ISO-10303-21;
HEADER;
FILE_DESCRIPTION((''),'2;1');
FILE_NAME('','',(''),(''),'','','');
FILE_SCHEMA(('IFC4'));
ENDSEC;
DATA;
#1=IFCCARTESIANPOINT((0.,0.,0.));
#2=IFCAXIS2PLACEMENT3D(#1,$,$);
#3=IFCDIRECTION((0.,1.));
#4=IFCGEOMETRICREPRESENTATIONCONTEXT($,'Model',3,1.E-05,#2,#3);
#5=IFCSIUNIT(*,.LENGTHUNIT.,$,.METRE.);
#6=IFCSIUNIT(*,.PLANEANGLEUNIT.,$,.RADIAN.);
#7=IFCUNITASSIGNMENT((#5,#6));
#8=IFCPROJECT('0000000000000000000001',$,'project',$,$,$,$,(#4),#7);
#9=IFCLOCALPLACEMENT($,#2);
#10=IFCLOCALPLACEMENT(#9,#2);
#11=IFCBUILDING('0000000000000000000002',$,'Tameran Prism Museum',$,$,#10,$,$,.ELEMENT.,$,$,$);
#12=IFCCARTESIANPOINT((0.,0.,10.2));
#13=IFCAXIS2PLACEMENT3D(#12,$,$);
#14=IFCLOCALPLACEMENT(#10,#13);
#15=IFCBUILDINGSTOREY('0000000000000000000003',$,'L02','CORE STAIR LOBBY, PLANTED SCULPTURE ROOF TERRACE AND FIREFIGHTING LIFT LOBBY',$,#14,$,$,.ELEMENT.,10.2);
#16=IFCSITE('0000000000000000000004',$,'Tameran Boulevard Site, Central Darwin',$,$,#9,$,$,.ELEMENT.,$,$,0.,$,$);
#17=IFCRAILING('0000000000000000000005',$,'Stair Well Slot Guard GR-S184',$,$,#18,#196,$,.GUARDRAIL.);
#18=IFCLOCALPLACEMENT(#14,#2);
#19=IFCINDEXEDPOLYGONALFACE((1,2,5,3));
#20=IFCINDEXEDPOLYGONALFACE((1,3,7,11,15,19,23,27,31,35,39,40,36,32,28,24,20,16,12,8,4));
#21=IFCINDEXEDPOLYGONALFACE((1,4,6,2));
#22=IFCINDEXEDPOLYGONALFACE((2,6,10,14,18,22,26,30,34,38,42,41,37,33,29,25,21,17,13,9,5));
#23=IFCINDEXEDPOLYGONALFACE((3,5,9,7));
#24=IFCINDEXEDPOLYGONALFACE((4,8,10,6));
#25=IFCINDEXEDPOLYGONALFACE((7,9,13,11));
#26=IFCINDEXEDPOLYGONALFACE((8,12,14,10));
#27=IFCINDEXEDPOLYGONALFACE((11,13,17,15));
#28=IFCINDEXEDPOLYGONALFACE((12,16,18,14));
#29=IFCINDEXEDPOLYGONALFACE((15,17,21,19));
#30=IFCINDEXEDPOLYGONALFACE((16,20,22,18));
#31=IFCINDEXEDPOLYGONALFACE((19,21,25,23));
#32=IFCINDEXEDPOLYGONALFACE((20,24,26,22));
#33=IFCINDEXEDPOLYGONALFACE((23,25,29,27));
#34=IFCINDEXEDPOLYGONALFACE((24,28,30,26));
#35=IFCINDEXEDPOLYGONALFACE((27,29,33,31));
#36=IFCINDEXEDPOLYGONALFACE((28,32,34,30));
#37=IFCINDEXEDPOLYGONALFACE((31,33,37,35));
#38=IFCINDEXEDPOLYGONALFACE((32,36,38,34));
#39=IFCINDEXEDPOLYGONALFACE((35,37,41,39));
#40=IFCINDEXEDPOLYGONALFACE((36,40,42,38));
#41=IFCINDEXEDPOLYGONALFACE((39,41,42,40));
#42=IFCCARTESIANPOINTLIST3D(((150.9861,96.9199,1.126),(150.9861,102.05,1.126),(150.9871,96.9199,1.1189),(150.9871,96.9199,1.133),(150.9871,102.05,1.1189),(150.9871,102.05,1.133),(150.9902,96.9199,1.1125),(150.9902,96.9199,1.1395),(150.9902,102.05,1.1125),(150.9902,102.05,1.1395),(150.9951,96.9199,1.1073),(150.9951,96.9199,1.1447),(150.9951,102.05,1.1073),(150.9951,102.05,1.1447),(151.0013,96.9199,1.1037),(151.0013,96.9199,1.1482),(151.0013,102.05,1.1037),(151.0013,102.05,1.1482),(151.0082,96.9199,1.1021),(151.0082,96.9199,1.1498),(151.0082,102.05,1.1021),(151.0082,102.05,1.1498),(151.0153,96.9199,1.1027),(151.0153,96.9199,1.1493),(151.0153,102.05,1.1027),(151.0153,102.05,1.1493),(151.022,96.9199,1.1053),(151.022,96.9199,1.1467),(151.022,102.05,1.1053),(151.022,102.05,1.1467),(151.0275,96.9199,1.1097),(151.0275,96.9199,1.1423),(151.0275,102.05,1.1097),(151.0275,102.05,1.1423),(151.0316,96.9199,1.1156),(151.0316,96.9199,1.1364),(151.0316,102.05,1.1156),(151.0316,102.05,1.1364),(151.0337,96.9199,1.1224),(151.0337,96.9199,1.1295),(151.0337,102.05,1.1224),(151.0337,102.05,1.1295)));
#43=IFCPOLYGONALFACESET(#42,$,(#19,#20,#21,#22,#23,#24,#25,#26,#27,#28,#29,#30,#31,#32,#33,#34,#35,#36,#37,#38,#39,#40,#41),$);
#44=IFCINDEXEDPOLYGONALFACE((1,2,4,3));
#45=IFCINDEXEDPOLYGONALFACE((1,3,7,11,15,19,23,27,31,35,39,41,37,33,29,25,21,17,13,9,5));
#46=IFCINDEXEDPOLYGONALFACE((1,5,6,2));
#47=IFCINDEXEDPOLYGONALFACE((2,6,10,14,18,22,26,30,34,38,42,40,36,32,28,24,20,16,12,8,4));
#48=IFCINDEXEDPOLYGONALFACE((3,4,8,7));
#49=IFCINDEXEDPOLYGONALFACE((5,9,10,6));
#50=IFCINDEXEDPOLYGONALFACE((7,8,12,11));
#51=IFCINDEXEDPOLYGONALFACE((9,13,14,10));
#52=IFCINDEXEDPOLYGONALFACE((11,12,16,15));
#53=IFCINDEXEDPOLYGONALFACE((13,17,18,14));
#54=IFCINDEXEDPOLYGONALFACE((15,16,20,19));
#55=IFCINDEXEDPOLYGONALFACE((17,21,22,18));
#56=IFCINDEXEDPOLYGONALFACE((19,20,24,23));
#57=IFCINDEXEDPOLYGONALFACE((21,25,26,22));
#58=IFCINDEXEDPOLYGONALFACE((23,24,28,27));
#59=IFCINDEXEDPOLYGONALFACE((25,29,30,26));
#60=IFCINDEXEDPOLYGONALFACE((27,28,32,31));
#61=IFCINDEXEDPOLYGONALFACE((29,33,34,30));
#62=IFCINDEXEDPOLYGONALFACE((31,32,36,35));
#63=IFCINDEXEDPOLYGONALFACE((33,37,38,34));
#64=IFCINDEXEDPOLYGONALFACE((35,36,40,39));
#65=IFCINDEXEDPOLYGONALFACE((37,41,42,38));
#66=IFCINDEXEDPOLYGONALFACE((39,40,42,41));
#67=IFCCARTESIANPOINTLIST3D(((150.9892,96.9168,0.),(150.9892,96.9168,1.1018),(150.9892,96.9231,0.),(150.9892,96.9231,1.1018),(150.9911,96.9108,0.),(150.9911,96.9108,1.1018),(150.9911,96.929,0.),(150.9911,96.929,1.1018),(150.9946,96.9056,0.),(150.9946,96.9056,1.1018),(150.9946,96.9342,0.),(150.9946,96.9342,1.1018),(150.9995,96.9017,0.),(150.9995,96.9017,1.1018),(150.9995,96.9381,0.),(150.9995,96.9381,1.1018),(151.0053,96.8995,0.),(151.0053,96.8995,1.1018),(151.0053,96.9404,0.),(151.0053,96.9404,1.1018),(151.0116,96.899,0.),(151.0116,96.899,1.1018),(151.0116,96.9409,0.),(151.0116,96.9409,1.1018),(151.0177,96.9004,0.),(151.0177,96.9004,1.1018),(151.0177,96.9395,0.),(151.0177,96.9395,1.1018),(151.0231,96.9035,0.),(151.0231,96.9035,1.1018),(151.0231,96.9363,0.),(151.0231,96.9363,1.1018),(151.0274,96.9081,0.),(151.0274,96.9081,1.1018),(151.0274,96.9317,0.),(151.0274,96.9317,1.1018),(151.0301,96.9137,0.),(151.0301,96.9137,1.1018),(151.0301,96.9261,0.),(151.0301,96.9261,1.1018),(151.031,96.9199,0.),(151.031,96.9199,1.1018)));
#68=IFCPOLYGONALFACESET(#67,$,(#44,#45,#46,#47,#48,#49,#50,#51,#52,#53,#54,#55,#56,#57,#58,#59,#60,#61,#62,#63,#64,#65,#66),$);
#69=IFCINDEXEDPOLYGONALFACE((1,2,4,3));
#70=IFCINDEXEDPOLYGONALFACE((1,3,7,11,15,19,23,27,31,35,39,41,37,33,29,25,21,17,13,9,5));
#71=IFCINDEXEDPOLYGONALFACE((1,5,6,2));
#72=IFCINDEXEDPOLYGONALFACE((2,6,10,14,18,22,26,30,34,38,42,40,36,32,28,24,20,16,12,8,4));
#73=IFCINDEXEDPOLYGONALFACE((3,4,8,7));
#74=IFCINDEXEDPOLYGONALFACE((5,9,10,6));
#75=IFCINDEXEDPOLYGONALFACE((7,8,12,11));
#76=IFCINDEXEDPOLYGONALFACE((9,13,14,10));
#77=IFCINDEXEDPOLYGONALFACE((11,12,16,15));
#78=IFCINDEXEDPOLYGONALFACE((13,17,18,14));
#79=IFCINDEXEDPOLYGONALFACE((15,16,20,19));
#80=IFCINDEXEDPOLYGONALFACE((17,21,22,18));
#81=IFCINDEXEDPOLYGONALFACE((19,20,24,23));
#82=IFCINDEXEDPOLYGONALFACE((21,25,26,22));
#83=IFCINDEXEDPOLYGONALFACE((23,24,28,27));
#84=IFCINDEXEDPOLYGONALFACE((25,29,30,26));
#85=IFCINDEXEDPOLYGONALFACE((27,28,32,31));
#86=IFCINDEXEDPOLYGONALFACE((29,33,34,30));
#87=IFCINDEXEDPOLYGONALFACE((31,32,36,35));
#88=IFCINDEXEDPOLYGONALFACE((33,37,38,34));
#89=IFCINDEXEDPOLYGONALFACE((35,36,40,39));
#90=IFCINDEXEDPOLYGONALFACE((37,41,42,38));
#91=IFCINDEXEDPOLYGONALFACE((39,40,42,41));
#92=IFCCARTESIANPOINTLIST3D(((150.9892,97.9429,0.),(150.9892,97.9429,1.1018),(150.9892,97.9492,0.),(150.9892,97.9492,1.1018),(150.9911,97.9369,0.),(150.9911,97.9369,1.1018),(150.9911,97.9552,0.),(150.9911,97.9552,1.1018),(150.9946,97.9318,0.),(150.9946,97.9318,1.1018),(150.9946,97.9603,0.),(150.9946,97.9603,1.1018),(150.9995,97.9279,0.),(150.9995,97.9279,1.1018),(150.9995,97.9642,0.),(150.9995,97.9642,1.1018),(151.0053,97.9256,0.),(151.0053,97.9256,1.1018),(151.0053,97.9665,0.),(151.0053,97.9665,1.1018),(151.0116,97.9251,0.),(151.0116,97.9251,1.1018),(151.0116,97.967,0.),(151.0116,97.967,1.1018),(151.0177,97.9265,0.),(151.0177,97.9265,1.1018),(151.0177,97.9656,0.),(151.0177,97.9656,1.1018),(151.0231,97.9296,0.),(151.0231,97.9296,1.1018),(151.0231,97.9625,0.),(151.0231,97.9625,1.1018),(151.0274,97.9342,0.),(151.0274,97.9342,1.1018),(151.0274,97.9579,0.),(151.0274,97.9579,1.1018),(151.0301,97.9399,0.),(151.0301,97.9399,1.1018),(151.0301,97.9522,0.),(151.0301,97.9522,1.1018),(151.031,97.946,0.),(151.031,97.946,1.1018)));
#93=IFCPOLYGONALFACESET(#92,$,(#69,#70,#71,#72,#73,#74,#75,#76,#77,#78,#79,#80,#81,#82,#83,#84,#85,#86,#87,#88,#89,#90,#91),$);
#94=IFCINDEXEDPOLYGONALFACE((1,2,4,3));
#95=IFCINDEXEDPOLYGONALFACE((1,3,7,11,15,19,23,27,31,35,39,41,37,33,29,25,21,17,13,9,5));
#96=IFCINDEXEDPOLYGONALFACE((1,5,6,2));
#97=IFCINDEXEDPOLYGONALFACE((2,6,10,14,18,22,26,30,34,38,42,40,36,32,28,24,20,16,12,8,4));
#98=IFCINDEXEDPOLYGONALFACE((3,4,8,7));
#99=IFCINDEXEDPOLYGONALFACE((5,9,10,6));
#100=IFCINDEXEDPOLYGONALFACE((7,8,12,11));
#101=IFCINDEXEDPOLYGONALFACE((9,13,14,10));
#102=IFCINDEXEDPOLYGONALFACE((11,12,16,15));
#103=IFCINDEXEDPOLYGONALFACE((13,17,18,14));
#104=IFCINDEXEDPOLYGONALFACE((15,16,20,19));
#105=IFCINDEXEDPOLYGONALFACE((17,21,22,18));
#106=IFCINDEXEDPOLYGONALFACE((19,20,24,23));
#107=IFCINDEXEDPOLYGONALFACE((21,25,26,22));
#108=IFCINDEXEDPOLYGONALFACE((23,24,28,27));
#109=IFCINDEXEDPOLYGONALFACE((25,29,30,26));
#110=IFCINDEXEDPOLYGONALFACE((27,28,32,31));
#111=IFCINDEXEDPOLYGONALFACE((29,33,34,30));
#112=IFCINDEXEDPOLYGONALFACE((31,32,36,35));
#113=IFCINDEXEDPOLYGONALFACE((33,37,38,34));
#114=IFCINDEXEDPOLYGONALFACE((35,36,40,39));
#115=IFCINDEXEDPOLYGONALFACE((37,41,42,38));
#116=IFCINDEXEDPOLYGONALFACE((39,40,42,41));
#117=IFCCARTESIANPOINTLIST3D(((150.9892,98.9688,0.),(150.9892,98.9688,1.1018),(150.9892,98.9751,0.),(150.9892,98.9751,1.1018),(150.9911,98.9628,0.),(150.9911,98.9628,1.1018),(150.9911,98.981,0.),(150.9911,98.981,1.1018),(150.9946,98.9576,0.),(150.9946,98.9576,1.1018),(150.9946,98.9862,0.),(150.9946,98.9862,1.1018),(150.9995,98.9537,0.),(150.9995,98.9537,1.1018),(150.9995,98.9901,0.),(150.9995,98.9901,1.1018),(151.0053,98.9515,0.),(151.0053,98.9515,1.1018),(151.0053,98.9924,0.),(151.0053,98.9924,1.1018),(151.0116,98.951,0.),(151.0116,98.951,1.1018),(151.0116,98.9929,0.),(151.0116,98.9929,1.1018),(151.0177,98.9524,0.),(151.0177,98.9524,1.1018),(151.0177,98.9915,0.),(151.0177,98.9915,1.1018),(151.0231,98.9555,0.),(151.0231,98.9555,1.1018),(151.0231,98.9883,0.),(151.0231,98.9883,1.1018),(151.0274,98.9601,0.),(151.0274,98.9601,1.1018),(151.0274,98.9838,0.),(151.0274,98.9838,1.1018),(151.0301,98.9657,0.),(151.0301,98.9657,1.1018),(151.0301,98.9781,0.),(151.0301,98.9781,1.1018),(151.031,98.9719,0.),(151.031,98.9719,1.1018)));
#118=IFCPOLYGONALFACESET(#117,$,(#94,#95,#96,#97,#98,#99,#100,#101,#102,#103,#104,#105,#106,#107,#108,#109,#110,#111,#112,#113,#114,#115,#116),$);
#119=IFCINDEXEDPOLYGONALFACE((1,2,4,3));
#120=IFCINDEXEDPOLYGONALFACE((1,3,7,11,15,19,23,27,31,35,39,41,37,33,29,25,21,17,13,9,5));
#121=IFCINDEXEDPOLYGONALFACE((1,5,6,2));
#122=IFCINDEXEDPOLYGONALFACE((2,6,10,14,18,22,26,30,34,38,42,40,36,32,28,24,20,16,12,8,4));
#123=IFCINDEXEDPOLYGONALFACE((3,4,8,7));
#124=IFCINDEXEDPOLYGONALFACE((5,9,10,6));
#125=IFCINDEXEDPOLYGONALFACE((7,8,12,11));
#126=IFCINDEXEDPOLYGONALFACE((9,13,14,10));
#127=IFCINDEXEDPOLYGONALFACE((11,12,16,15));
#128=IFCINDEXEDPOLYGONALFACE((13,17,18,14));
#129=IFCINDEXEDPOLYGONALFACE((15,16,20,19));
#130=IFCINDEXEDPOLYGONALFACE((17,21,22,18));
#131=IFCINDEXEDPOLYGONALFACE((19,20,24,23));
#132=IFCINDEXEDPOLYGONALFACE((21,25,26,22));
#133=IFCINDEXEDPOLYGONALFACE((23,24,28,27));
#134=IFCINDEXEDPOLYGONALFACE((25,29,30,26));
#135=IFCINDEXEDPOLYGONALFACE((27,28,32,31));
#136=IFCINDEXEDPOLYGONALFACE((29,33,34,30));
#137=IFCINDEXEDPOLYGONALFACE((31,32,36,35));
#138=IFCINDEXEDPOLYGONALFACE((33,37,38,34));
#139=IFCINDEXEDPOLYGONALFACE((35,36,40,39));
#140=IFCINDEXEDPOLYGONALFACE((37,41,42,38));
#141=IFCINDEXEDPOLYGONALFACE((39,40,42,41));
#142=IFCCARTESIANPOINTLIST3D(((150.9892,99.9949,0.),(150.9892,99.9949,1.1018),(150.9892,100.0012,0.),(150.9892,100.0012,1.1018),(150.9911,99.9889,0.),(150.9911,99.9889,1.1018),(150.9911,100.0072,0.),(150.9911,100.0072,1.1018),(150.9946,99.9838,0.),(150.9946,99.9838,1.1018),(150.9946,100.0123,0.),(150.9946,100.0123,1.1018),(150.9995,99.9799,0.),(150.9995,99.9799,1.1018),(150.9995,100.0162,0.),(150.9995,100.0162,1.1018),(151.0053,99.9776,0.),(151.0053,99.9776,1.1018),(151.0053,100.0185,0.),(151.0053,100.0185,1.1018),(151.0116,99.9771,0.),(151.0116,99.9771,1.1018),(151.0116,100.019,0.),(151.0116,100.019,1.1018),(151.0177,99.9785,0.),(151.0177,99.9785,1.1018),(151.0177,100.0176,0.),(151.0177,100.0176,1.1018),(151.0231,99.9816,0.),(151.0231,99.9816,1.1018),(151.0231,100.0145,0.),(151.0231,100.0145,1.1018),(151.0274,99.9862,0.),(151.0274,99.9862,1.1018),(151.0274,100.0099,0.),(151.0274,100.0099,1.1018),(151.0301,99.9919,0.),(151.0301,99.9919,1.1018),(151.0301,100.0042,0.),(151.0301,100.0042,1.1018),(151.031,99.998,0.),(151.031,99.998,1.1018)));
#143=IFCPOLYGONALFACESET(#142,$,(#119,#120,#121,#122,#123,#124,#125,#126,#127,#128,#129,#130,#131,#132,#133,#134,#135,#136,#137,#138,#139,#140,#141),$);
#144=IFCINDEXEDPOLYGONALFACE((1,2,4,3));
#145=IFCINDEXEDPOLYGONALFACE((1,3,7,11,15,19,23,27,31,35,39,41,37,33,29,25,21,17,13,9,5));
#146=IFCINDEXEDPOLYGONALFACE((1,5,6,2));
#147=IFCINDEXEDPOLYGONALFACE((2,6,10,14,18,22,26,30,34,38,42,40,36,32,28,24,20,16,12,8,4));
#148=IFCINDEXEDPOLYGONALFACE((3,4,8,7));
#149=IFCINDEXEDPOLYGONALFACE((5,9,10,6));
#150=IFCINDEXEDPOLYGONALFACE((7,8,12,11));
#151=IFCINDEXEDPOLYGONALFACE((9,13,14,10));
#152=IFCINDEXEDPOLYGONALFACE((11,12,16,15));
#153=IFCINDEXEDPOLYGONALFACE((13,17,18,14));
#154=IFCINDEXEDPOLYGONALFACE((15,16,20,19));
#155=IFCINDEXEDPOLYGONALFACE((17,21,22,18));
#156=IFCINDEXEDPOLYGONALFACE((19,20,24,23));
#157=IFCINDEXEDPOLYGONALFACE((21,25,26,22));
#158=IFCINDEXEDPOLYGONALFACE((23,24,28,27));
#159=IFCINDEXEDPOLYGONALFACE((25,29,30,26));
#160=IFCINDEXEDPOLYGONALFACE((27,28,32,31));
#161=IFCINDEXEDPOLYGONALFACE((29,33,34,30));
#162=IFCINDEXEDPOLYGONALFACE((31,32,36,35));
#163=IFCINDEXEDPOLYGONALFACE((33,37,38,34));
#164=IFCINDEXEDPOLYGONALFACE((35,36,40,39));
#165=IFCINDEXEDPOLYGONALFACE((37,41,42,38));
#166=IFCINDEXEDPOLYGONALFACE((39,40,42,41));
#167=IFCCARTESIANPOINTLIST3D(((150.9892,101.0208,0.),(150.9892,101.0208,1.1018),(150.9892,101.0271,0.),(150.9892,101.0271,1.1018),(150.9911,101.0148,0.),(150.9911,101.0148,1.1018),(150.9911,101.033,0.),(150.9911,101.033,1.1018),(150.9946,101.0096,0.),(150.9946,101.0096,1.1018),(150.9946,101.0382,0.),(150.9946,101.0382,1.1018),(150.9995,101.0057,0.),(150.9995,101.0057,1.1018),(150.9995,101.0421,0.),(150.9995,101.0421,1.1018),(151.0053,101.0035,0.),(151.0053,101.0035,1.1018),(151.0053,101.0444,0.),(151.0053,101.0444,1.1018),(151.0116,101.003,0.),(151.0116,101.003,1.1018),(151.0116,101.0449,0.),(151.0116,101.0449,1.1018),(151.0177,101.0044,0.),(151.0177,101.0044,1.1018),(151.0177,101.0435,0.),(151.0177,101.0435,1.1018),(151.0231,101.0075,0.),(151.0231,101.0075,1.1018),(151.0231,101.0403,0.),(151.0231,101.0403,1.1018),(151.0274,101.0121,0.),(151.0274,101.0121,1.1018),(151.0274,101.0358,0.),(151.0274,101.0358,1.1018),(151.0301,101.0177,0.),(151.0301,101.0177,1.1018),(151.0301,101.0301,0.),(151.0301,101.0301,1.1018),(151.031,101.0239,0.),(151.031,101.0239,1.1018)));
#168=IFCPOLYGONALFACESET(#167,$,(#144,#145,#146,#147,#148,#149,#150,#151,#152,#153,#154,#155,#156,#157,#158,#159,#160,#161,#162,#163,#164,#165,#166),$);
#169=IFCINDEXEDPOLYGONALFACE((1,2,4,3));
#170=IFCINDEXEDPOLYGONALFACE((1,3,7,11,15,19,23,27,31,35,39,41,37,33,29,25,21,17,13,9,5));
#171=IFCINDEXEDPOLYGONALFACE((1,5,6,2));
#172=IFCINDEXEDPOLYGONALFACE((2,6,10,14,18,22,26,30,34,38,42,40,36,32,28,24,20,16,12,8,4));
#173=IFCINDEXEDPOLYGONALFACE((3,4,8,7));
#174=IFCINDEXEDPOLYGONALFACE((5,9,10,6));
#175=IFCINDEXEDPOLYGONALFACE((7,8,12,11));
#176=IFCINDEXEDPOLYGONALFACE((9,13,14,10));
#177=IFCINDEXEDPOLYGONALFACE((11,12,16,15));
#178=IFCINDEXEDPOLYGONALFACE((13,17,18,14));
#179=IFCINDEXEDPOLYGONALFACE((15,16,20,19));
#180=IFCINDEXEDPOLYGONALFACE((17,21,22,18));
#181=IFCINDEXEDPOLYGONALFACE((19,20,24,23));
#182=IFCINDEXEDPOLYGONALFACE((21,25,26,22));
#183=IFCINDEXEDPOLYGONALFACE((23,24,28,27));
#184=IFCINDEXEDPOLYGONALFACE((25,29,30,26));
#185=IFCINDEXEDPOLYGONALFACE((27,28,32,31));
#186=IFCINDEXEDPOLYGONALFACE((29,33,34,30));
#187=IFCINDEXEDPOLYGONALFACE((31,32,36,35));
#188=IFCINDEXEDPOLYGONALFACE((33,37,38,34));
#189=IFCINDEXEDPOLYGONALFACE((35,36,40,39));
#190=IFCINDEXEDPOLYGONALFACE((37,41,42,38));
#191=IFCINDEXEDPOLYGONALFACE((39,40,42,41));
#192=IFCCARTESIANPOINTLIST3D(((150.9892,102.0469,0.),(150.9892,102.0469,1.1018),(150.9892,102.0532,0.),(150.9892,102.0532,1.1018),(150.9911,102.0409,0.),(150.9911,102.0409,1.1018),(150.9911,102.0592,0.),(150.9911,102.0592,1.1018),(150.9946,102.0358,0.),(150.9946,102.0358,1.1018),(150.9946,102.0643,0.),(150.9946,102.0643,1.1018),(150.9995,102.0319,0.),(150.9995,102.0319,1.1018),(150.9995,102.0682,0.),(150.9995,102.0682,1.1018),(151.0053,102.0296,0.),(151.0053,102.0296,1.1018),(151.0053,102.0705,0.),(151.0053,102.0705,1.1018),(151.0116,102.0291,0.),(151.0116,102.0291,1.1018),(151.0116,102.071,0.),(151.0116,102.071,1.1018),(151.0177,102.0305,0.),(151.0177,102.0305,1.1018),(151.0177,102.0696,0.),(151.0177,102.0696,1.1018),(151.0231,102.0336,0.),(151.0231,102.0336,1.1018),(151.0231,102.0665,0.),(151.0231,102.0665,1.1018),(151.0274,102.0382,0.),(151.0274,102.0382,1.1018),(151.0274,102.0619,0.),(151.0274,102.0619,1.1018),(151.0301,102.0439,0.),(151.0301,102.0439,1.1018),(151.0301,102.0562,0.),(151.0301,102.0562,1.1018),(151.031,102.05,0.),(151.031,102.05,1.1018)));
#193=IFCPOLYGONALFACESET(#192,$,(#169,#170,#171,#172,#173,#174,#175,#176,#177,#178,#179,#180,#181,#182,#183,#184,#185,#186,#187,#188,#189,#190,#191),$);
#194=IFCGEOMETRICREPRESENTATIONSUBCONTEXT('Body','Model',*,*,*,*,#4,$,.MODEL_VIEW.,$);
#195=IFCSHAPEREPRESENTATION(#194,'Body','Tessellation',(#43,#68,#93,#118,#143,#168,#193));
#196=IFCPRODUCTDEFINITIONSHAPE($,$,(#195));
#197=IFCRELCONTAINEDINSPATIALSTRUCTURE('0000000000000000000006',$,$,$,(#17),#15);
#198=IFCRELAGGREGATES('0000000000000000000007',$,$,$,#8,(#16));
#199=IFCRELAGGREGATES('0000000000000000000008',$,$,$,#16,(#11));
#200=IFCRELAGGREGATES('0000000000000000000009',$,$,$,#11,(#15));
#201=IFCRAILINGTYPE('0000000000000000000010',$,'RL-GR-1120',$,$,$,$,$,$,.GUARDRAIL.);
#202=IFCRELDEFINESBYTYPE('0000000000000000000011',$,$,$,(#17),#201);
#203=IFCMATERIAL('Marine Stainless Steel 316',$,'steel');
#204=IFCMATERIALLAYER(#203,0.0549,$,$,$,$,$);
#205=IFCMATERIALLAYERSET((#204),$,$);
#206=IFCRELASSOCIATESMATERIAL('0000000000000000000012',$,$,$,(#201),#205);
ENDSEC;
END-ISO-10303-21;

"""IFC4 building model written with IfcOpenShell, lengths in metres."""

from ifc_helpers import new_model, si_unit, direction, frame, origin, origin_2d, place, context, subcontext, project, spatial, circle, extrude, material, layer, layer_set, type_object, element, save


model = new_model("IFC4")

# Units and contexts
model_context = context("Model", 3, precision=1e-05, world=origin(), true_north=direction((0.0, 1.0)))
body_context = subcontext(model_context, "Body", "Model", "MODEL_VIEW")
ifc_project = project(units=[si_unit("LENGTHUNIT", "METRE"), si_unit("PLANEANGLEUNIT", "RADIAN")], contexts=[model_context])

# Site, building, storey
site_placement = place(None, origin())
site = spatial("IfcSite", under=ifc_project, at=site_placement, Name="Tameran Boulevard Site, Central Darwin", CompositionType="ELEMENT", RefElevation=0.0)
building_placement = place(site_placement, origin())
building = spatial("IfcBuilding", under=site, at=building_placement, Name="Tameran Prism Museum", CompositionType="ELEMENT")
storey_placement = place(building_placement, frame((0.0, 0.0, 10.2)))
storey = spatial("IfcBuildingStorey", under=building, at=storey_placement, Name="L02", Description="CORE STAIR LOBBY, PLANTED SCULPTURE ROOF TERRACE AND FIREFIGHTING LIFT LOBBY", CompositionType="ELEMENT", Elevation=10.2)

# Railing
ifc_material_1 = material(Name="Marine Stainless Steel 316", Category="steel")
ifc_layer_1 = layer(ifc_material_1, 0.0549)
ifc_layer_set_1 = layer_set([ifc_layer_1])
railing_type = type_object("IfcRailingType", Name="RL-GR-1120", PredefinedType="GUARDRAIL", material=ifc_layer_set_1)
railing_placement = place(storey_placement, frame((151.01, 96.9199, 0.0)))
element("IfcRailing", 1, at=railing_placement, inside=storey, type_object=railing_type, Name="Stair Well Slot Guard GR-S184", PredefinedType="GUARDRAIL", context=body_context, shape_type="SweptSolid", body=[
    extrude(circle(Radius=0.0239, at=origin_2d()), frame((0.0, 0.0, 1.126), z_axis=(0.0, 1.0, 0.0), x_axis=(-1.0, 0.0, 0.0)), (0.0, 0.0, 1.0), 5.1301),
    extrude(circle(Radius=0.021, at=origin_2d()), origin(), (0.0, 0.0, 1.0), 1.1018),
    extrude(circle(Radius=0.021, at=origin_2d()), frame((0.0, 1.0261, 0.0)), (0.0, 0.0, 1.0), 1.1018),
    extrude(circle(Radius=0.021, at=origin_2d()), frame((0.0, 2.052, 0.0)), (0.0, 0.0, 1.0), 1.1018),
    extrude(circle(Radius=0.021, at=origin_2d()), frame((0.0, 3.0781, 0.0)), (0.0, 0.0, 1.0), 1.1018),
    extrude(circle(Radius=0.021, at=origin_2d()), frame((0.0, 4.104, 0.0)), (0.0, 0.0, 1.0), 1.1018),
    extrude(circle(Radius=0.021, at=origin_2d()), frame((0.0, 5.1301, 0.0)), (0.0, 0.0, 1.0), 1.1018),
])

save(model, "model.ifc")
